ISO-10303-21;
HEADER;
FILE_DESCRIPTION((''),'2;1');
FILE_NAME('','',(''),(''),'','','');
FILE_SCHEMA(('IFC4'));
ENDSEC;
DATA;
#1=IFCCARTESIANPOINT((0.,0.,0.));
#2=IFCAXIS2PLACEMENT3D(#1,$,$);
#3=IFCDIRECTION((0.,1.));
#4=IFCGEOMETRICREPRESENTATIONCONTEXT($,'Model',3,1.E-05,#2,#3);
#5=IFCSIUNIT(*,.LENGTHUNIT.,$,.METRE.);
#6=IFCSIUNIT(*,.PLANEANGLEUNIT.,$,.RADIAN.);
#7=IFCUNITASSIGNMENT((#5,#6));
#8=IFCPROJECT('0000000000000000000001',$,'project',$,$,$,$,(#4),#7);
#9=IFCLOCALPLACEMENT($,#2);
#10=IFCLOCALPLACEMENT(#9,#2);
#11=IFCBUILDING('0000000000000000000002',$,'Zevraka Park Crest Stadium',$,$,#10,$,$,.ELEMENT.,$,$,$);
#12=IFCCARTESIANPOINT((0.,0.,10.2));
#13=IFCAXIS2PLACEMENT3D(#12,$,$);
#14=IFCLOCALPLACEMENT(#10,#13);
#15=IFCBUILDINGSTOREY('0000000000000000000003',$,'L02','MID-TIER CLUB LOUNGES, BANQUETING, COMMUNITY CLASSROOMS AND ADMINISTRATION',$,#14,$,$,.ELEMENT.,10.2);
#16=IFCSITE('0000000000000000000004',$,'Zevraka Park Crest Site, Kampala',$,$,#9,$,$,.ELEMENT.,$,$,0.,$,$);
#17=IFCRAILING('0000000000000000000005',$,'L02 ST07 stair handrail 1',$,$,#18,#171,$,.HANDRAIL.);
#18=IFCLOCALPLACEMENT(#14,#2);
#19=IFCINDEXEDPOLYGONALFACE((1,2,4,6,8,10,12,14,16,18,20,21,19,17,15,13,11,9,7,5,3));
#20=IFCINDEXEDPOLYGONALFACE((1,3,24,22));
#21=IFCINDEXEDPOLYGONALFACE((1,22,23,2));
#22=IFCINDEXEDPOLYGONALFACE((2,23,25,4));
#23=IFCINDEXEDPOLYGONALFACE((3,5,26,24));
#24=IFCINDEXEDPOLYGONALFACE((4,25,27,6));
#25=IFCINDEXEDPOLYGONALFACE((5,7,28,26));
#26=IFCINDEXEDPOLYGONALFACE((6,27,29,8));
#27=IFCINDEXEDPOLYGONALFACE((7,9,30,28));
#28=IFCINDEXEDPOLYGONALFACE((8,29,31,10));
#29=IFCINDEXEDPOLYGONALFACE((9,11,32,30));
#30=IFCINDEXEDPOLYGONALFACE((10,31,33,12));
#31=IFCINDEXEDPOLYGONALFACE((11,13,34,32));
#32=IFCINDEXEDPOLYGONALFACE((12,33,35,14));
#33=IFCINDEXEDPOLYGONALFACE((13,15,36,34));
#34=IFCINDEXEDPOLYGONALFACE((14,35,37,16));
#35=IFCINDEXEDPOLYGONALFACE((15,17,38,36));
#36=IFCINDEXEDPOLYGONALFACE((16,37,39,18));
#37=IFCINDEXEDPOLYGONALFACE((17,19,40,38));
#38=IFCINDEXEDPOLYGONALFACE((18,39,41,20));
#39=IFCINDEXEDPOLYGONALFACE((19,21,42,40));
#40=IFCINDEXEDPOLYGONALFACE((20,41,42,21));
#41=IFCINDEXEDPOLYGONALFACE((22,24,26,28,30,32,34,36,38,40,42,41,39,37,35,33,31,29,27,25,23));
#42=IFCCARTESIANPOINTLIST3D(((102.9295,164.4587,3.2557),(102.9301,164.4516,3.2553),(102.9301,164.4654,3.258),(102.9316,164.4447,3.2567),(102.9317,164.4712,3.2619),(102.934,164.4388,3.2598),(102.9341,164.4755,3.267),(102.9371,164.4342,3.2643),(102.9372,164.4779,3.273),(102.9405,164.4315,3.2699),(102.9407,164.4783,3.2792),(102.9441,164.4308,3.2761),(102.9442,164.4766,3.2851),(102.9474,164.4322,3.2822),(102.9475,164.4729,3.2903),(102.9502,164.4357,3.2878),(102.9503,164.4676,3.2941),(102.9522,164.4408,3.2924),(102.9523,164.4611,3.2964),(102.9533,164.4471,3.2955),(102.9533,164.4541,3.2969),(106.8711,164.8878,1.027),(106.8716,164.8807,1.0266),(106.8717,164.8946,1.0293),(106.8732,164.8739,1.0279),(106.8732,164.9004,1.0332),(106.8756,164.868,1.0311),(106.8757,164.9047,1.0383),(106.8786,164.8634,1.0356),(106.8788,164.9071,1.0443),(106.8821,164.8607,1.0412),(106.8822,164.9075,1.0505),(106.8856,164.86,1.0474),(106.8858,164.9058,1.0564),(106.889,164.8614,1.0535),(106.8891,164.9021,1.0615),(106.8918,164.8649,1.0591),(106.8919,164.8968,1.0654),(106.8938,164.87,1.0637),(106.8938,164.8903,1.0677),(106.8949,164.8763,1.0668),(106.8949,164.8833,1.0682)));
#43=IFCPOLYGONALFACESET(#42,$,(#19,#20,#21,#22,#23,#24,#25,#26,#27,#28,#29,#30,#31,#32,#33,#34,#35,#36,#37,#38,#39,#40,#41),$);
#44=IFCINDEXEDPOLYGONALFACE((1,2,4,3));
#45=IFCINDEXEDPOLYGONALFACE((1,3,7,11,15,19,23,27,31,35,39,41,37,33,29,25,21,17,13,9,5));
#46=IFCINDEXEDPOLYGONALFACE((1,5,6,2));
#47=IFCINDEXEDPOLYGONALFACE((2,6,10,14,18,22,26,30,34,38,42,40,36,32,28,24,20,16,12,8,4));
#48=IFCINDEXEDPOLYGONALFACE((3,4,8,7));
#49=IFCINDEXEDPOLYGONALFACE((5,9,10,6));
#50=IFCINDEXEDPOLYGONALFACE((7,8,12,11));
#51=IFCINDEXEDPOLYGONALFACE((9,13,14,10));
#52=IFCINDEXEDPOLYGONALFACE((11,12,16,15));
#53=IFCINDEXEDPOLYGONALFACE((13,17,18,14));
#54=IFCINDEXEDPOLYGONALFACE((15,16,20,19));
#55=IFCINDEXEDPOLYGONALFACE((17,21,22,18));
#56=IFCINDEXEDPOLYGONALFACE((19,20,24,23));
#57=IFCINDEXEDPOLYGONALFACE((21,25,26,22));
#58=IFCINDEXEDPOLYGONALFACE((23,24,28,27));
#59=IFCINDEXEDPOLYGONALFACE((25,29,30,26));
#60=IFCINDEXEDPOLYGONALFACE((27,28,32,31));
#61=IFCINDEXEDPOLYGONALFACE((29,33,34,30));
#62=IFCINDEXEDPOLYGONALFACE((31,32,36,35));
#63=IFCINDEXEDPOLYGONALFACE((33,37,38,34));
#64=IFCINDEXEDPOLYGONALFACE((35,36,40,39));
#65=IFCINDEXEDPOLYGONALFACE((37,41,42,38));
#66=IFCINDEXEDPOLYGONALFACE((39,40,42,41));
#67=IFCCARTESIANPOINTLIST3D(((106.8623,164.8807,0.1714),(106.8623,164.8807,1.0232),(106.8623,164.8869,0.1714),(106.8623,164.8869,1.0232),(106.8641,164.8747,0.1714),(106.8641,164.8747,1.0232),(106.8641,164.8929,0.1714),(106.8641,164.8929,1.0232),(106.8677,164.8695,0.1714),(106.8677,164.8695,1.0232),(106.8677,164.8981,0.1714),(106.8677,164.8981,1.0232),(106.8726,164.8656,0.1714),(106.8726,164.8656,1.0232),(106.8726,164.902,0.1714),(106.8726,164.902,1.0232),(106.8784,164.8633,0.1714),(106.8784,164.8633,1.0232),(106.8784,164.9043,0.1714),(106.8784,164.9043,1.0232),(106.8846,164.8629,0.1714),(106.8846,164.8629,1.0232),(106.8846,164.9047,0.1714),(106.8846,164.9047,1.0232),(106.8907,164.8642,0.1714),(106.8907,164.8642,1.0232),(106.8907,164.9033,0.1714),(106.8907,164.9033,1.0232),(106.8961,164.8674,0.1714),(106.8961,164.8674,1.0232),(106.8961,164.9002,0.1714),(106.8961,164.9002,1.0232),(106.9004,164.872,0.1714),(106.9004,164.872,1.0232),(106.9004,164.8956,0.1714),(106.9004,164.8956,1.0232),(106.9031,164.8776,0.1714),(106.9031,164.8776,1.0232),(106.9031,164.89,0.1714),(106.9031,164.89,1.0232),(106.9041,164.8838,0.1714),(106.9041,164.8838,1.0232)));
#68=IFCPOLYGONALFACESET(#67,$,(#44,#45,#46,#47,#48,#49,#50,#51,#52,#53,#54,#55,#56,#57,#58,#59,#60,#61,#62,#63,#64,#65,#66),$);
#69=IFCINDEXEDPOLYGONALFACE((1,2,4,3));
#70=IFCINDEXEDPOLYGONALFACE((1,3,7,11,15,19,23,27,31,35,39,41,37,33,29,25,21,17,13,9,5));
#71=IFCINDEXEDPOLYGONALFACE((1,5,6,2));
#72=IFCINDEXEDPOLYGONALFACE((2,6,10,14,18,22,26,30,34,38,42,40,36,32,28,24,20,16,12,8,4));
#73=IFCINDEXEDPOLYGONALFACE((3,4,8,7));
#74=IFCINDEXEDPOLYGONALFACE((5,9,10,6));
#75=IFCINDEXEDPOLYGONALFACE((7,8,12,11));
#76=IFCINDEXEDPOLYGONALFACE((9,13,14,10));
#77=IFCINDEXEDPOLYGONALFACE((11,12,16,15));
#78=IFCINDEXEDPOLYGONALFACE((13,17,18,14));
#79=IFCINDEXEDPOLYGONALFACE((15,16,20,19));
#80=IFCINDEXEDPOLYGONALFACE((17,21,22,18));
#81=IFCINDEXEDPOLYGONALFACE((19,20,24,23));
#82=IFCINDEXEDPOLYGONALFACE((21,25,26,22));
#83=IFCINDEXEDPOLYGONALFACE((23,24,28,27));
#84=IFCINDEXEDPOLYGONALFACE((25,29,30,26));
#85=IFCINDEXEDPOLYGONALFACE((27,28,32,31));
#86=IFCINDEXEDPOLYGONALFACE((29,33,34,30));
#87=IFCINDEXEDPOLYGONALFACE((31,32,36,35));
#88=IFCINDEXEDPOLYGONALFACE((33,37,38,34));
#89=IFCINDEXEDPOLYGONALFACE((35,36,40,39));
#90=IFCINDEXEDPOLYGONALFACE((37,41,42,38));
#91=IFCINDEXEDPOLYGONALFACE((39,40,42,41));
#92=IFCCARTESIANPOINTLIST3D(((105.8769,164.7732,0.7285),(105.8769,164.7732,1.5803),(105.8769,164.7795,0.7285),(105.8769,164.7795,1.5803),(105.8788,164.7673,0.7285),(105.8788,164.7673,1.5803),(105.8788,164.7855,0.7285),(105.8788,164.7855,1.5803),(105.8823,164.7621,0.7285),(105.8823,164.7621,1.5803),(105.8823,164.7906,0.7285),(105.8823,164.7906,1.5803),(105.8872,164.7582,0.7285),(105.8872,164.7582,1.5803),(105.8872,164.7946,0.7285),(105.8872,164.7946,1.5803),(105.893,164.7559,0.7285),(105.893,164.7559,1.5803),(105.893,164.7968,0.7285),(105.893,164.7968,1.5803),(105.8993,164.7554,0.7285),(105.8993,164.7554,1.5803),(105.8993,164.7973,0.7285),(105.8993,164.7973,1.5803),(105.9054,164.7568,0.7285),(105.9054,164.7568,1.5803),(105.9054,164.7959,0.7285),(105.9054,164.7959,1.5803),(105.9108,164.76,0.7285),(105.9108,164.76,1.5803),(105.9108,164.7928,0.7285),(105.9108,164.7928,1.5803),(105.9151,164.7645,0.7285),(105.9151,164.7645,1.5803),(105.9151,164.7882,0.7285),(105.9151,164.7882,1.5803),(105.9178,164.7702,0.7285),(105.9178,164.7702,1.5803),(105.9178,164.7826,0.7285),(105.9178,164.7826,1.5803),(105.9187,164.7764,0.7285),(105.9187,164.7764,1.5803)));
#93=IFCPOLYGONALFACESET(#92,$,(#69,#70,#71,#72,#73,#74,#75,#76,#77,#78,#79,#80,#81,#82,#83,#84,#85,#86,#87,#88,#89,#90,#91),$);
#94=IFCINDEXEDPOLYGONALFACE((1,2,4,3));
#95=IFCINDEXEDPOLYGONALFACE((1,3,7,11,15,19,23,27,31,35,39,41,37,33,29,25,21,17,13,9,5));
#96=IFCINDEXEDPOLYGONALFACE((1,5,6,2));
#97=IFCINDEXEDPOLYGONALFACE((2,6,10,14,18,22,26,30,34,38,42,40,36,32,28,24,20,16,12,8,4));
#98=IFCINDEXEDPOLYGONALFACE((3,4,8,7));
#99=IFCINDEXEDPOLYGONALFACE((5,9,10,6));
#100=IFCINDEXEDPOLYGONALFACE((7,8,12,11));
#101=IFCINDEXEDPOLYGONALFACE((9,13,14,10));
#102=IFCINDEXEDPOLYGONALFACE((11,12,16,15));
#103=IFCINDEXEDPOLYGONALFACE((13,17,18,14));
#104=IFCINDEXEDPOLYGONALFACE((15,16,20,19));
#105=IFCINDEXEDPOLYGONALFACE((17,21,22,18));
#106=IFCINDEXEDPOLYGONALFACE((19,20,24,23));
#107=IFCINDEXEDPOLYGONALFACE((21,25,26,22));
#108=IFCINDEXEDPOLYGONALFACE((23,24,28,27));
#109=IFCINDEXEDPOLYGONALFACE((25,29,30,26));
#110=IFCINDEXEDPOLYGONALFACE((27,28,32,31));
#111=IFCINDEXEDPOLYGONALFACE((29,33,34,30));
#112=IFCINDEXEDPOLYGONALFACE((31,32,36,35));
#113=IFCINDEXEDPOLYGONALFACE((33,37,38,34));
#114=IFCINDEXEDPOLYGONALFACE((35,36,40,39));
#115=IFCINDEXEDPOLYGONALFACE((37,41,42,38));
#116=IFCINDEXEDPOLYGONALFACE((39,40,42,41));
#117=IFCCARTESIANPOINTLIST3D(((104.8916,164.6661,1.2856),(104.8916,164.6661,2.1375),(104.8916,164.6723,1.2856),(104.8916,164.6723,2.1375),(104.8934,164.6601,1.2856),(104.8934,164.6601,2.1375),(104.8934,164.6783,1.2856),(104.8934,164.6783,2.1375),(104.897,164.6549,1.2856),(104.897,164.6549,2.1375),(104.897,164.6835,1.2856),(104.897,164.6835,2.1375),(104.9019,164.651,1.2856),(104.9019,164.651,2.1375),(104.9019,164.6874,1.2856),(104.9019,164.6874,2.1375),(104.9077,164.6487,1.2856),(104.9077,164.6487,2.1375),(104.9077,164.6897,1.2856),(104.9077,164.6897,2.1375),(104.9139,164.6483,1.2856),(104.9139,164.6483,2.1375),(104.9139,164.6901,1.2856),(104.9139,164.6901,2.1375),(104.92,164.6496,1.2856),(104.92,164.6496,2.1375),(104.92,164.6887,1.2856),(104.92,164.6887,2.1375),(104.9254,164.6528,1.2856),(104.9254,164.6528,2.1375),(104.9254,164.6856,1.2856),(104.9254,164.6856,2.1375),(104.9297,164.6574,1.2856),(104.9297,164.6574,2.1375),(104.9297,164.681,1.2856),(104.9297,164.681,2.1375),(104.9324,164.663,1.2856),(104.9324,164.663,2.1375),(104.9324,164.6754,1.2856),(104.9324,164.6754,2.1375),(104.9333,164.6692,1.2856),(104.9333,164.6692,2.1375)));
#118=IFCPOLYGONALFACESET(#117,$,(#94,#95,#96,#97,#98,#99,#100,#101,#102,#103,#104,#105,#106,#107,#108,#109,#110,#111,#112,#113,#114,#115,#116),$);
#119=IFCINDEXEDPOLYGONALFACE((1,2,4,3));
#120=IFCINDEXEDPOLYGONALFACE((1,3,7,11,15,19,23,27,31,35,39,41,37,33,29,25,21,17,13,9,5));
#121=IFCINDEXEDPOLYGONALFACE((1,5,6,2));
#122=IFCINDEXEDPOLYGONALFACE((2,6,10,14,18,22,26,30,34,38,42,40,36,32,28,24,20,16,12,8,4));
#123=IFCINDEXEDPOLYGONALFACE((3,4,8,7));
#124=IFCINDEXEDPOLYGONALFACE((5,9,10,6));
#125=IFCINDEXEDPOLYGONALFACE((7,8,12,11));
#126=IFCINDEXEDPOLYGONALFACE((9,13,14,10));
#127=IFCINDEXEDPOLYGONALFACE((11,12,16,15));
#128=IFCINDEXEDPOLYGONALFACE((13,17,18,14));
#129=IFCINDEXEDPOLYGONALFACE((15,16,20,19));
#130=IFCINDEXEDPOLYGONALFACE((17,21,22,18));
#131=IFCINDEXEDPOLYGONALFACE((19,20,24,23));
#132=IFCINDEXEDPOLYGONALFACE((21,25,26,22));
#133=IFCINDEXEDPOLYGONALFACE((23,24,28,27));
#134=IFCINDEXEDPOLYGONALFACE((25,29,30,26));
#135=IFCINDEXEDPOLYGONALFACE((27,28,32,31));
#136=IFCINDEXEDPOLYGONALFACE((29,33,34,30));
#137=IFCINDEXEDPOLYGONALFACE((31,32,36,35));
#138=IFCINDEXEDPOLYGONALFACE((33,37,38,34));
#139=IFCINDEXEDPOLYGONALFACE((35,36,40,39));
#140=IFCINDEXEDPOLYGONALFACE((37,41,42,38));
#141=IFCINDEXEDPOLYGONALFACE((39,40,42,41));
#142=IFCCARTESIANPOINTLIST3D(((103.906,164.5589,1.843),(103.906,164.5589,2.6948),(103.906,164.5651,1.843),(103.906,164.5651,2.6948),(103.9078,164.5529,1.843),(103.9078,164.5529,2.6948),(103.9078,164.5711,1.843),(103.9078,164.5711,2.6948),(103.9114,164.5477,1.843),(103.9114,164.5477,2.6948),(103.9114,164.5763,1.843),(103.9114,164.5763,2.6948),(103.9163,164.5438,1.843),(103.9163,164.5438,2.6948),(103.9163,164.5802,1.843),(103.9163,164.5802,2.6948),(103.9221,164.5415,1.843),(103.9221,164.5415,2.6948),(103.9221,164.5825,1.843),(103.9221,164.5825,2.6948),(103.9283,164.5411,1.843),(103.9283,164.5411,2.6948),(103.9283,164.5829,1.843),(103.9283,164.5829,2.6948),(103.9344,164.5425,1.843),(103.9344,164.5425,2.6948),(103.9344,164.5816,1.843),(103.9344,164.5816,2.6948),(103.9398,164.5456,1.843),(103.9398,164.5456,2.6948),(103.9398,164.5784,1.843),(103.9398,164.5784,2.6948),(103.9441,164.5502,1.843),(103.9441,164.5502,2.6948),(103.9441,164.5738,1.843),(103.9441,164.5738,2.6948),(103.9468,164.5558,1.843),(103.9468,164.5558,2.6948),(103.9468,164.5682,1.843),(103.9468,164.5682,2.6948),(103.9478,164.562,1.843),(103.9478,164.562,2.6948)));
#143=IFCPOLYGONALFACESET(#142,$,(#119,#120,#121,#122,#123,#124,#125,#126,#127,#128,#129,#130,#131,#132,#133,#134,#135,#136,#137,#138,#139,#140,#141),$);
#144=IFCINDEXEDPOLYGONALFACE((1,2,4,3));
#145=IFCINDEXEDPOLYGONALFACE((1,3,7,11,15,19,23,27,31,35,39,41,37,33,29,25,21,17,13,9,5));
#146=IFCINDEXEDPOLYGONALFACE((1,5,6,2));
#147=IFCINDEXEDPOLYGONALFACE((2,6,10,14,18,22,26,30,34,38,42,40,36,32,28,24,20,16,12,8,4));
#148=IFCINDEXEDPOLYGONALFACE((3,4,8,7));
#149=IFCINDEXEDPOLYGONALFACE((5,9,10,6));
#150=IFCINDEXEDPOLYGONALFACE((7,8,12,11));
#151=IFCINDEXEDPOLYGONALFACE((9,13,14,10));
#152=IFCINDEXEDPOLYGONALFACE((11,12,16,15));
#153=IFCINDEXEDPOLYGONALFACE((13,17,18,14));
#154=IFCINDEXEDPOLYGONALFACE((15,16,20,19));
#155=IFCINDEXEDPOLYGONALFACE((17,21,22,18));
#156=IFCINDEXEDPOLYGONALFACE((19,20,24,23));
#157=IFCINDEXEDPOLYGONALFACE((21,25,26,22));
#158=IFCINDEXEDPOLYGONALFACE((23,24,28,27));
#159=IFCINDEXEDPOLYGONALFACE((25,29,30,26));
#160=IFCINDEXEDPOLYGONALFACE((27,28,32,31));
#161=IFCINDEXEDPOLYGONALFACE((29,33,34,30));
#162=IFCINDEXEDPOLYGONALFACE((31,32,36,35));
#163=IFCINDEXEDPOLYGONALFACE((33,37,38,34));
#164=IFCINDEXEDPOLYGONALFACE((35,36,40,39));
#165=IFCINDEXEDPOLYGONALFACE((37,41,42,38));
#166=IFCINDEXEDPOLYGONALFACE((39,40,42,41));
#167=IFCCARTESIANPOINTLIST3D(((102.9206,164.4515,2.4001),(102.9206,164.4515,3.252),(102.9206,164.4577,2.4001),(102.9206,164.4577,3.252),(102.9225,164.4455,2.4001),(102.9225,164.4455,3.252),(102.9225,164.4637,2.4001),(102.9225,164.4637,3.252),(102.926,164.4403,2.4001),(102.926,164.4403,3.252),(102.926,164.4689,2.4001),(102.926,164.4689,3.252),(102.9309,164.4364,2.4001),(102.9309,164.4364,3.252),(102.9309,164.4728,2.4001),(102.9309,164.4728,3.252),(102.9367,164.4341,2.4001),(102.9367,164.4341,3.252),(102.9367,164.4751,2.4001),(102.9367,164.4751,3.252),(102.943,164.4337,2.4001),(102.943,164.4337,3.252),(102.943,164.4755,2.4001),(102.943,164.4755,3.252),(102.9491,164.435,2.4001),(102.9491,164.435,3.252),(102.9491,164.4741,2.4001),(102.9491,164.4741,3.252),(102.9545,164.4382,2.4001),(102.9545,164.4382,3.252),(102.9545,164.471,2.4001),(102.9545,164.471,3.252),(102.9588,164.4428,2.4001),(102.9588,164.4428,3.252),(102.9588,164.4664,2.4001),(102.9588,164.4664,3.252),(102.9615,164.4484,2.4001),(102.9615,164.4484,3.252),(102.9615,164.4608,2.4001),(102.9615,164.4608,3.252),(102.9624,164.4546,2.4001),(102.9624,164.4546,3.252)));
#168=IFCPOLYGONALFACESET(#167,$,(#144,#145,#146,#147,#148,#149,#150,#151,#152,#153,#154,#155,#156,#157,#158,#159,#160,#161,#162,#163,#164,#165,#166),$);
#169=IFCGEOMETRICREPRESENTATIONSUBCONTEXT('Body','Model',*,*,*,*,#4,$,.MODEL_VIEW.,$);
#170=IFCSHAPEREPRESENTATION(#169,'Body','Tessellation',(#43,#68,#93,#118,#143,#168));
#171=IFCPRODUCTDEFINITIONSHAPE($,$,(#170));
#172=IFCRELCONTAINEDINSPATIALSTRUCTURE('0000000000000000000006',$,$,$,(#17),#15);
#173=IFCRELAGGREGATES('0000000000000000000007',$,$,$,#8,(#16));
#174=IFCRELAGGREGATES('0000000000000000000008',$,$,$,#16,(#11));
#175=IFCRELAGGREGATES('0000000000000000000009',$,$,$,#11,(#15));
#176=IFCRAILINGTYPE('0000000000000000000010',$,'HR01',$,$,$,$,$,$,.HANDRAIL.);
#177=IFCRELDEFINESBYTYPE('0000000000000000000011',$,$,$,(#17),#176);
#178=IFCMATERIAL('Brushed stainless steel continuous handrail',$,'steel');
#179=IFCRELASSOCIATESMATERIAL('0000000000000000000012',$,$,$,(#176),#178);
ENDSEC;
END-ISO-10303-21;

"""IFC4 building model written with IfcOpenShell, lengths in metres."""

from ifc_helpers import new_model, si_unit, direction, frame, origin, origin_2d, place, context, subcontext, project, spatial, circle, extrude, material, type_object, element, save


model = new_model("IFC4")

# Units and contexts
model_context = context("Model", 3, precision=1e-05, world=origin(), true_north=direction((0.0, 1.0)))
body_context = subcontext(model_context, "Body", "Model", "MODEL_VIEW")
ifc_project = project(units=[si_unit("LENGTHUNIT", "METRE"), si_unit("PLANEANGLEUNIT", "RADIAN")], contexts=[model_context])

# Site, building, storey
site_placement = place(None, origin())
site = spatial("IfcSite", under=ifc_project, at=site_placement, Name="Zevraka Park Crest Site, Kampala", CompositionType="ELEMENT", RefElevation=0.0)
building_placement = place(site_placement, origin())
building = spatial("IfcBuilding", under=site, at=building_placement, Name="Zevraka Park Crest Stadium", CompositionType="ELEMENT")
storey_placement = place(building_placement, frame((0.0, 0.0, 10.2)))
storey = spatial("IfcBuildingStorey", under=building, at=storey_placement, Name="L02", Description="MID-TIER CLUB LOUNGES, BANQUETING, COMMUNITY CLASSROOMS AND ADMINISTRATION", CompositionType="ELEMENT", Elevation=10.2)

# Railing
ifc_material_1 = material(Name="Brushed stainless steel continuous handrail", Category="steel")
railing_type = type_object("IfcRailingType", Name="HR01", PredefinedType="HANDRAIL", material=ifc_material_1)
railing_1_placement = place(storey_placement, frame((106.8831, 164.8838, 0.1714)))
element("IfcRailing", 1, at=railing_1_placement, inside=storey, type_object=railing_type, Name="L02 ST07 stair handrail 1", PredefinedType="HANDRAIL", context=body_context, shape_type="SweptSolid", body=[
    extrude(circle(Radius=0.0239, at=origin_2d()), frame((0.0, 0.0, 0.876), z_axis=(-0.866596, -0.094362, 0.490007), x_axis=(0.108248, -0.994124, 0.0)), (0.0, 0.0, 1.0), 4.5483),
    extrude(circle(Radius=0.021, at=origin_2d()), origin(), (0.0, 0.0, 1.0), 0.8518),
    extrude(circle(Radius=0.021, at=origin_2d()), frame((-0.9854, -0.1074, 0.5571)), (0.0, 0.0, 1.0), 0.8518),
    extrude(circle(Radius=0.021, at=origin_2d()), frame((-1.9707, -0.2146, 1.1143)), (0.0, 0.0, 1.0), 0.8518),
    extrude(circle(Radius=0.021, at=origin_2d()), frame((-2.9563, -0.3218, 1.6716)), (0.0, 0.0, 1.0), 0.8518),
    extrude(circle(Radius=0.021, at=origin_2d()), frame((-3.9417, -0.4292, 2.2288)), (0.0, 0.0, 1.0), 0.8518),
])

save(model, "model.ifc")
